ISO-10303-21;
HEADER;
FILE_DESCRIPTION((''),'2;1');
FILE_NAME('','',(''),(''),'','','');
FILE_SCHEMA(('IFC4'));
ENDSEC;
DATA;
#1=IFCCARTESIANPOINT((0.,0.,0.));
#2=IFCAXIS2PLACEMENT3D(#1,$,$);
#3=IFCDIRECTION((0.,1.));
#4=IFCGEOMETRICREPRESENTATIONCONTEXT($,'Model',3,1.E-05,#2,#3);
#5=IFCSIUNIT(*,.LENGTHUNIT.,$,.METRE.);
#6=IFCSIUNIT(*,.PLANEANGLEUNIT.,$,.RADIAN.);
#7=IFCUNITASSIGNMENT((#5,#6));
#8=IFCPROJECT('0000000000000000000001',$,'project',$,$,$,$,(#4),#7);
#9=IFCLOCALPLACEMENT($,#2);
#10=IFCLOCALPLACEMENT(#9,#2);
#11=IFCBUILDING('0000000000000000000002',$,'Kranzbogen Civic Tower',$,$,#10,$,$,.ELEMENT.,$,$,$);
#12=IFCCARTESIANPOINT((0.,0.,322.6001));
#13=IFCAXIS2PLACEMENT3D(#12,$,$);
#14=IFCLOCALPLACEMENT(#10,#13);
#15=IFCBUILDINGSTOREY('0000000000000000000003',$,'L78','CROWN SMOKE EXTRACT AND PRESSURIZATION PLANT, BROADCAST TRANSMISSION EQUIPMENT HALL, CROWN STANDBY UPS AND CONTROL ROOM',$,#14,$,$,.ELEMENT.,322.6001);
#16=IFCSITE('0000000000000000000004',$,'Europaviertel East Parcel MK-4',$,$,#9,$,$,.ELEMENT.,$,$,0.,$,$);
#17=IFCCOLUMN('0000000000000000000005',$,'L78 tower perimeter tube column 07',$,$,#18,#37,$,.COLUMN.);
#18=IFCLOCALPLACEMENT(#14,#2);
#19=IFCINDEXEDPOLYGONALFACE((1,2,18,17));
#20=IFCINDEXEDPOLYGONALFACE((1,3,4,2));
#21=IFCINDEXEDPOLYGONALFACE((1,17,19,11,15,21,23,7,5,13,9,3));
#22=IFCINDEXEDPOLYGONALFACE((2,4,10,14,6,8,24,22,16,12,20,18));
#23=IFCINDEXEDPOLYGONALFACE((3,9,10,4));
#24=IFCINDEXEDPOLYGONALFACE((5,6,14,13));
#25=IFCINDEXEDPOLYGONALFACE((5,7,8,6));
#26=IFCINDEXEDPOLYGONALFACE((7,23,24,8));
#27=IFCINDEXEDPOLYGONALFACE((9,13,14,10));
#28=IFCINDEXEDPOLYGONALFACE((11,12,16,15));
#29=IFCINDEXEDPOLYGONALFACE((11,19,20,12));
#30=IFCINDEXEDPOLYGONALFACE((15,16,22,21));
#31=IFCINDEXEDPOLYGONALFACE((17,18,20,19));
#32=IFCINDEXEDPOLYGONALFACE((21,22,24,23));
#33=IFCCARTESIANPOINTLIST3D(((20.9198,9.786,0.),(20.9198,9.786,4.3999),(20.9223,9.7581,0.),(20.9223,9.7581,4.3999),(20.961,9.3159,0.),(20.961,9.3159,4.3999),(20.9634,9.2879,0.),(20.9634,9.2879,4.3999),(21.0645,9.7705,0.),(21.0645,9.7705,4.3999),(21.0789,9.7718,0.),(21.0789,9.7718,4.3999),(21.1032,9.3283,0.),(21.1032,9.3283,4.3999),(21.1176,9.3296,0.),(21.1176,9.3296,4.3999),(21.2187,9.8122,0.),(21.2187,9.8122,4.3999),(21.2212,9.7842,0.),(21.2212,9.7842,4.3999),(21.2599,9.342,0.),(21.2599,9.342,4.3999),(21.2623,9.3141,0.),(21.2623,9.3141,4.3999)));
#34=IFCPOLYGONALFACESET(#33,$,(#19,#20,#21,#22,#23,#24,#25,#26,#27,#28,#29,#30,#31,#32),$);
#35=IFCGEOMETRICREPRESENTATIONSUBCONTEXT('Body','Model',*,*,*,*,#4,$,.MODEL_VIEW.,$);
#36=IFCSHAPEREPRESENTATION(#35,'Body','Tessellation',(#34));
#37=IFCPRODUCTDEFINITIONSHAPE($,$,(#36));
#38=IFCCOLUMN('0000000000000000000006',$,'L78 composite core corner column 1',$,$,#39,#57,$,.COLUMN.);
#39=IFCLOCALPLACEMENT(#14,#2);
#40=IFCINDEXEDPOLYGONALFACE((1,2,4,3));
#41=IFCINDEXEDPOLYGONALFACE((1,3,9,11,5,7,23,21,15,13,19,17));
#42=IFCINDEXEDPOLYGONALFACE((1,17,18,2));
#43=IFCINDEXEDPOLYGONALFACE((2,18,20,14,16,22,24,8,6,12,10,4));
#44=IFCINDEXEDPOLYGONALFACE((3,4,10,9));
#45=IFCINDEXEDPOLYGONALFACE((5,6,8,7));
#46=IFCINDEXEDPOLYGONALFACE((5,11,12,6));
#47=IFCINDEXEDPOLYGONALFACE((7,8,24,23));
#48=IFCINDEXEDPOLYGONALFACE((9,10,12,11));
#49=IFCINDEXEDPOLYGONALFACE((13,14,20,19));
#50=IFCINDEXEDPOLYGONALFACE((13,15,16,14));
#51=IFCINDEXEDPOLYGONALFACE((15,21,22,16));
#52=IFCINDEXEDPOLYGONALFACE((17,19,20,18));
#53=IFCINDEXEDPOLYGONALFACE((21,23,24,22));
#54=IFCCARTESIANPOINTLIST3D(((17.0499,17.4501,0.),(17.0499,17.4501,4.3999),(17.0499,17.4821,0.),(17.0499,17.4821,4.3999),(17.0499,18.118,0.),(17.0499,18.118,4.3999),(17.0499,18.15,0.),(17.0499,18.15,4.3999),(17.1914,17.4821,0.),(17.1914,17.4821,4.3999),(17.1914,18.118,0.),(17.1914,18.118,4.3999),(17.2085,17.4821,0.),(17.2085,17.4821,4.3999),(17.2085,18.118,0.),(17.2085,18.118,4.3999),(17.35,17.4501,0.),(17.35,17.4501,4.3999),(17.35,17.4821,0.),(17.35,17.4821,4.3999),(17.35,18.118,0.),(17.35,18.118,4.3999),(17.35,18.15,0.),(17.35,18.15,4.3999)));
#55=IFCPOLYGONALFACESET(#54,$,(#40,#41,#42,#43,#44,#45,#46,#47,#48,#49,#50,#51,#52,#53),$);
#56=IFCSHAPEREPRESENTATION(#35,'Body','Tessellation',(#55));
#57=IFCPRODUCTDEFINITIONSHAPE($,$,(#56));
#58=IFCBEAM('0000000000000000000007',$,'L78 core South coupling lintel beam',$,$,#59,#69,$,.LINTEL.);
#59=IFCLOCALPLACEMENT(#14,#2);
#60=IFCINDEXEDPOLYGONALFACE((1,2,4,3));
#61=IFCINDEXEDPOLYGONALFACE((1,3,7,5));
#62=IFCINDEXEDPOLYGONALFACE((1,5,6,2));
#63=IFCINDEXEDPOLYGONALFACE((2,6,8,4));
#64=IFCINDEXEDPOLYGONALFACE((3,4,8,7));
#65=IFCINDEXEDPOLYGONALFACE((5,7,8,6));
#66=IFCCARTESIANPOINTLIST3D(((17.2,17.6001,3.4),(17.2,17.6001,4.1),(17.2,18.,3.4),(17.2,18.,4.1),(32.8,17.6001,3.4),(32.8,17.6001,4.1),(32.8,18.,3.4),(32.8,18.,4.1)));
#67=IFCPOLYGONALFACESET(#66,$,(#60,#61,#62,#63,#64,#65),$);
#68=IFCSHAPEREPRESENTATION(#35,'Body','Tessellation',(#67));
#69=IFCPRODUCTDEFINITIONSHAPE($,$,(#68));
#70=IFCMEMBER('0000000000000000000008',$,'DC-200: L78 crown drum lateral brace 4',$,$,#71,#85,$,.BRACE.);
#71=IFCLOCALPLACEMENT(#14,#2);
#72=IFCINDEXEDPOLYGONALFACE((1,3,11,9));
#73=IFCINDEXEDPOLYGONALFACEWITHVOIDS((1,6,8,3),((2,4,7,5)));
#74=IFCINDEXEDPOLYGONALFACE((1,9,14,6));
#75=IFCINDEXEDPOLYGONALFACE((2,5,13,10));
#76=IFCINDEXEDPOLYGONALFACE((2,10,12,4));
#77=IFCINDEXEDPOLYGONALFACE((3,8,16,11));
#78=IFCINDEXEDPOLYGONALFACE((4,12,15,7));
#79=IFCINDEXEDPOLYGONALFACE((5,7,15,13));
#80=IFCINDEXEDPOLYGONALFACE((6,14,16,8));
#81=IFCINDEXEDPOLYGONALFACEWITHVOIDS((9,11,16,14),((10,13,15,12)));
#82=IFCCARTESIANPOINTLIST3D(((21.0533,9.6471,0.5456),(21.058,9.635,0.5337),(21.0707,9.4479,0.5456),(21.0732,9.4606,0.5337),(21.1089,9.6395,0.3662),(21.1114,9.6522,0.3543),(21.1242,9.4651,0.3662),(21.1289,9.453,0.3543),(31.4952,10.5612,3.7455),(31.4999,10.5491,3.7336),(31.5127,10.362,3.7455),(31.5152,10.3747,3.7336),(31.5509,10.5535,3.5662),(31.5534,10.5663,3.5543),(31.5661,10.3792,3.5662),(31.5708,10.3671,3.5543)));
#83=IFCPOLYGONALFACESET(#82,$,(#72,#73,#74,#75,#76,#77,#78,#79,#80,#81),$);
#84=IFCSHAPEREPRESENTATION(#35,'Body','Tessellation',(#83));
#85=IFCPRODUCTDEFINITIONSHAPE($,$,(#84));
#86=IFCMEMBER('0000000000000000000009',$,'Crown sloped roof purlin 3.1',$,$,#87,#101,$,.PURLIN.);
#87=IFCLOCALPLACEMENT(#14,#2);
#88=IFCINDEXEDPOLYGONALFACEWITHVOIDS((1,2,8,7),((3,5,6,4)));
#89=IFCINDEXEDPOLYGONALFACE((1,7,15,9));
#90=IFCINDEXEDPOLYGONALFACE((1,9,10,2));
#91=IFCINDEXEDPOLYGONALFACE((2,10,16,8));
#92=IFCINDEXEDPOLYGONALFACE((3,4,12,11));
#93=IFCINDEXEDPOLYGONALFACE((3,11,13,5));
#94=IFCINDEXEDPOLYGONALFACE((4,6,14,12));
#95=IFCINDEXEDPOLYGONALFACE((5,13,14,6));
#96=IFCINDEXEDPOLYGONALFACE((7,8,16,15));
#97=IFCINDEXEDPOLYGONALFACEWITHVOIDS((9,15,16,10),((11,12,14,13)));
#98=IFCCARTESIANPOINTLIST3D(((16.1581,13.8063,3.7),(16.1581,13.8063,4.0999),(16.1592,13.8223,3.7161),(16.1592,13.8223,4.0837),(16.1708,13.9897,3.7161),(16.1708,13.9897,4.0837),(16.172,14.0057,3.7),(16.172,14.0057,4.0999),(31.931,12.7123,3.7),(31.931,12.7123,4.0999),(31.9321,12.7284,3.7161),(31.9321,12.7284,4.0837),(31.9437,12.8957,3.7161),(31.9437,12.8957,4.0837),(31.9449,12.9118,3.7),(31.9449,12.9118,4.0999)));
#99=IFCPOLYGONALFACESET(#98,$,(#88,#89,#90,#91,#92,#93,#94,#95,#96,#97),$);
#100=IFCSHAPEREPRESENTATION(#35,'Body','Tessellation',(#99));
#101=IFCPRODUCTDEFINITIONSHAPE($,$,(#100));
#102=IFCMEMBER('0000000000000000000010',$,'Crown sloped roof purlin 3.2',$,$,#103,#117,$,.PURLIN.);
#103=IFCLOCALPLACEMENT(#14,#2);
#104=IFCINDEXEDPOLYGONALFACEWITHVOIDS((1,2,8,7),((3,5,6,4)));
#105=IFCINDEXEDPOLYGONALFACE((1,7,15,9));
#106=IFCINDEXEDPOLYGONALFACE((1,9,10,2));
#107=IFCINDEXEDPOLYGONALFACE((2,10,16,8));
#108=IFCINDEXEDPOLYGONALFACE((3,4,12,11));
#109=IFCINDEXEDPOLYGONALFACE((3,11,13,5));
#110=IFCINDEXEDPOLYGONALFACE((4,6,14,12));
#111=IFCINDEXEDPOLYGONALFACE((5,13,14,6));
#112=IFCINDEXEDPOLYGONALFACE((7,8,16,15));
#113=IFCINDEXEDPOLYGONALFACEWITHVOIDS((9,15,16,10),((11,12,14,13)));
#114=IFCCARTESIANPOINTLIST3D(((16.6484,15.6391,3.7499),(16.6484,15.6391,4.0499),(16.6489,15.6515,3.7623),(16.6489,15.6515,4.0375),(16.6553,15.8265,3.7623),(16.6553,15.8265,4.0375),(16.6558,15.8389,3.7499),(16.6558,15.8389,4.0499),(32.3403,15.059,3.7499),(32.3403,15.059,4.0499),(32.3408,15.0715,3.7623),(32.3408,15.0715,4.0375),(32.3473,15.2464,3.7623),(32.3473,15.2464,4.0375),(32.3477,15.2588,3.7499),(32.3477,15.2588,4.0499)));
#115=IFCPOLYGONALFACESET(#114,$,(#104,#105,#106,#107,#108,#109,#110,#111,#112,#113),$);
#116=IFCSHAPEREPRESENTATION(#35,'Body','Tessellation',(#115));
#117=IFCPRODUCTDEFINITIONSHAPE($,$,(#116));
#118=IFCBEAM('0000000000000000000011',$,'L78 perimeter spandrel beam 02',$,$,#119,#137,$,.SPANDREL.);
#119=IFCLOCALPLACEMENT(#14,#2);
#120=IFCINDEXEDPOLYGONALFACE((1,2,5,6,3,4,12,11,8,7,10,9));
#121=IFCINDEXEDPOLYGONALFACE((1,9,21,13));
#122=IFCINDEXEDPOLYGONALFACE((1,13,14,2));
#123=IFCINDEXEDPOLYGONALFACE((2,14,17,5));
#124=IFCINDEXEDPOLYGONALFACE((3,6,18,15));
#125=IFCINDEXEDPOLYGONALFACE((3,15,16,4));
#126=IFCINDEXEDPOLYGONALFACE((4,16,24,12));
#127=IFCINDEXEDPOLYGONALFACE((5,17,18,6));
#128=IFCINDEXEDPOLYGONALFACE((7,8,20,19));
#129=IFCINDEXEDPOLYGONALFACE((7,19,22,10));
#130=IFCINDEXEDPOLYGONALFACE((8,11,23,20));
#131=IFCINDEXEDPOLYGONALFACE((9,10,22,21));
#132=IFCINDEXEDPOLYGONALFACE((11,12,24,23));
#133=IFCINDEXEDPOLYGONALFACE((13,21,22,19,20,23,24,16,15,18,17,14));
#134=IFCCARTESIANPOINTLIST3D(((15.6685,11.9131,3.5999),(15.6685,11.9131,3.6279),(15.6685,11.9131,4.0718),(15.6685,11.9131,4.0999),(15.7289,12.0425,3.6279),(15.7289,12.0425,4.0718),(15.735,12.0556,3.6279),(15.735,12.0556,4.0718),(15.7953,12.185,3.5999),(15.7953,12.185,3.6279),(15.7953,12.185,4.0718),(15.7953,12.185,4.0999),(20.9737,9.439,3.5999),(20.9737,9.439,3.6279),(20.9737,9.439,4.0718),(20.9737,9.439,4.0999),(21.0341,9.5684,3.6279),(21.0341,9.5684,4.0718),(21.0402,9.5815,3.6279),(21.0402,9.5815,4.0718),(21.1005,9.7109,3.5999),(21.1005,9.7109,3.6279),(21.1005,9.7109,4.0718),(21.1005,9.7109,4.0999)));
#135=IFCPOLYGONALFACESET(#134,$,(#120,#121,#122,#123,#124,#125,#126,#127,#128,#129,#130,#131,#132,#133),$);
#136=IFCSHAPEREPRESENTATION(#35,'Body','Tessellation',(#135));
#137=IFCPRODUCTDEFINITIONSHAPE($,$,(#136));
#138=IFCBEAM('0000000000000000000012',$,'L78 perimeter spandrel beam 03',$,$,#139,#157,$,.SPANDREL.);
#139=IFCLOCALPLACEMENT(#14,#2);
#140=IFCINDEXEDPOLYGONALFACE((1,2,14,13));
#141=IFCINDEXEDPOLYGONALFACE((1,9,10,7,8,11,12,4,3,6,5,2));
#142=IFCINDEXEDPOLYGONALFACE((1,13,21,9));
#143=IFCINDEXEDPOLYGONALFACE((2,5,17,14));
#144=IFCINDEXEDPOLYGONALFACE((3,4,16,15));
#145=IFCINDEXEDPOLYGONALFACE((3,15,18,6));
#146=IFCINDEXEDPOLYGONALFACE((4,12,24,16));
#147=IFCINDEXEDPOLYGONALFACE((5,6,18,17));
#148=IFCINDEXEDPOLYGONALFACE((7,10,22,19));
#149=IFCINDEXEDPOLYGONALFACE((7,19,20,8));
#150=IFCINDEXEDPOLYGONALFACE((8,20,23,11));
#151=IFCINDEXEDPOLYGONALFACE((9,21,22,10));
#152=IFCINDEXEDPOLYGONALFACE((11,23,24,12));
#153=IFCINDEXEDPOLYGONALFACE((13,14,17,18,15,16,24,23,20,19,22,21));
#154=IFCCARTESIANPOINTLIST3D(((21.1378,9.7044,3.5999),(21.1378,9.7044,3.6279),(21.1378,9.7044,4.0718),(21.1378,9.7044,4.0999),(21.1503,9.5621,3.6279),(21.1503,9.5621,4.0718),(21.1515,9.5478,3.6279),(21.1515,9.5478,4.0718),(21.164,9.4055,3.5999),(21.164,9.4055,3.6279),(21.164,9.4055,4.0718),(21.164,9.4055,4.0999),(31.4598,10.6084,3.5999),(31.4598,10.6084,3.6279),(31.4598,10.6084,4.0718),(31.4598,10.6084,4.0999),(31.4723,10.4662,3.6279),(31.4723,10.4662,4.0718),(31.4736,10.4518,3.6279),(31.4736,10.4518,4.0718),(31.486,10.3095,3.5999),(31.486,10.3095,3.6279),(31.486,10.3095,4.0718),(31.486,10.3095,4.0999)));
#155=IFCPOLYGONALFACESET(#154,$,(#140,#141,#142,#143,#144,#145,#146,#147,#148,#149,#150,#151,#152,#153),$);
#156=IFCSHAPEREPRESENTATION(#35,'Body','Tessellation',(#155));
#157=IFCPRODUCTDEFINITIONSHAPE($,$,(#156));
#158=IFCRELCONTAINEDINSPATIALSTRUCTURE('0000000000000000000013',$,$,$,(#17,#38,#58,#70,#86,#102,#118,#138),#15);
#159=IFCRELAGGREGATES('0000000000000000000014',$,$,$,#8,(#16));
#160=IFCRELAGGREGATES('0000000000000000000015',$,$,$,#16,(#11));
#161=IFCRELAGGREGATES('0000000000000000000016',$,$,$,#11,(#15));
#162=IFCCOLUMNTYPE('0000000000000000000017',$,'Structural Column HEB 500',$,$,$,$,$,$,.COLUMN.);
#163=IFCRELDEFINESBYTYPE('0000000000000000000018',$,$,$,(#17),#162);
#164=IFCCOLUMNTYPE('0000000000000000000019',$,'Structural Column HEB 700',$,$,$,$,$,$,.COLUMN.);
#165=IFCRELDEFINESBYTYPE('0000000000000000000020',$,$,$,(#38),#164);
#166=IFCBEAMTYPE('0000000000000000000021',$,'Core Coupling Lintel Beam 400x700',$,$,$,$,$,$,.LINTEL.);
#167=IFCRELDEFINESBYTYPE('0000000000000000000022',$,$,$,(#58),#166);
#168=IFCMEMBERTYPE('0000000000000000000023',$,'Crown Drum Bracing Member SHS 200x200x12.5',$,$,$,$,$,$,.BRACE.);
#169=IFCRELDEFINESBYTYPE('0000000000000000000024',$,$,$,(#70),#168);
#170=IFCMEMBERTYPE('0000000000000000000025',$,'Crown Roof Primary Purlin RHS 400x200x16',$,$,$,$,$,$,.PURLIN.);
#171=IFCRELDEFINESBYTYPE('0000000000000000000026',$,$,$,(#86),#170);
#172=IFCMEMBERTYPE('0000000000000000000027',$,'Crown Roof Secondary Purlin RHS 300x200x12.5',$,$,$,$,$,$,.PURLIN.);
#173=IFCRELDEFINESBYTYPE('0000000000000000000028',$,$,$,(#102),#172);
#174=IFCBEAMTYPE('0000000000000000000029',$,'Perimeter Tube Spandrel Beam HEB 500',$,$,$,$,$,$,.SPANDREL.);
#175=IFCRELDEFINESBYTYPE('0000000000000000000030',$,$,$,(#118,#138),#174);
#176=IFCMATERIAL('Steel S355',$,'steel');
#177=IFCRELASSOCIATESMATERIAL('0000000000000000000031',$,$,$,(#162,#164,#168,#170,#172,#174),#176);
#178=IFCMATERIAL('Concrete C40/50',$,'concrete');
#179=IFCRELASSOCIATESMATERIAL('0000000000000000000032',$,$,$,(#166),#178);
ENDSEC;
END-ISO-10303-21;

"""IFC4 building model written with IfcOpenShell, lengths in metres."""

from ifc_helpers import new_model, si_unit, direction, frame, origin, origin_2d, place, context, subcontext, project, spatial, rectangle, hollow_rectangle, i_section, extrude, material, material_profile, profile_set, type_object, element, save


model = new_model("IFC4")

# Units and contexts
model_context = context("Model", 3, precision=1e-05, world=origin(), true_north=direction((0.0, 1.0)))
body_context = subcontext(model_context, "Body", "Model", "MODEL_VIEW")
ifc_project = project(units=[si_unit("LENGTHUNIT", "METRE"), si_unit("PLANEANGLEUNIT", "RADIAN")], contexts=[model_context])

# Site, building, storey
site_placement = place(None, origin())
site = spatial("IfcSite", under=ifc_project, at=site_placement, Name="Europaviertel East Parcel MK-4", CompositionType="ELEMENT", RefElevation=0.0)
building_placement = place(site_placement, origin())
building = spatial("IfcBuilding", under=site, at=building_placement, Name="Kranzbogen Civic Tower", CompositionType="ELEMENT")
storey_placement = place(building_placement, frame((0.0, 0.0, 322.6001)))
storey = spatial("IfcBuildingStorey", under=building, at=storey_placement, Name="L78", Description="CROWN SMOKE EXTRACT AND PRESSURIZATION PLANT, BROADCAST TRANSMISSION EQUIPMENT HALL, CROWN STANDBY UPS AND CONTROL ROOM", CompositionType="ELEMENT", Elevation=322.6001)

# Columns
ifc_material_1 = material(Name="Steel S355", Category="steel")
ifc_material_profile_1 = material_profile(ifc_material_1, i_section(OverallWidth=0.3, OverallDepth=0.5, WebThickness=0.0144, FlangeThickness=0.0281, at=origin_2d()), Name="HEB 500")
ifc_profile_set_1 = profile_set([ifc_material_profile_1], Name="Steel S355")
column_type_1 = type_object("IfcColumnType", Name="Structural Column HEB 500", PredefinedType="COLUMN", material=ifc_profile_set_1)
column_1_placement = place(storey_placement, frame((21.0911, 9.55, 0.0), z_axis=(0.0, 0.0, 1.0), x_axis=(0.996195, 0.087156, 0.0)))
element("IfcColumn", 1, at=column_1_placement, inside=storey, type_object=column_type_1, Name="L78 tower perimeter tube column 07", PredefinedType="COLUMN", context=body_context, shape_type="SweptSolid", body=[
    extrude(i_section(OverallWidth=0.3, OverallDepth=0.5, WebThickness=0.0144, FlangeThickness=0.0281, at=origin_2d()), origin(), (0.0, 0.0, 1.0), 4.3999),
])
ifc_material_profile_2 = material_profile(ifc_material_1, i_section(OverallWidth=0.3, OverallDepth=0.7, WebThickness=0.0171, FlangeThickness=0.032, at=origin_2d()), Name="HEB 700")
ifc_profile_set_2 = profile_set([ifc_material_profile_2], Name="Steel S355")
column_type_2 = type_object("IfcColumnType", Name="Structural Column HEB 700", PredefinedType="COLUMN", material=ifc_profile_set_2)
column_2_placement = place(storey_placement, frame((17.2, 17.8, 0.0), z_axis=(0.0, 0.0, 1.0), x_axis=(1.0, 0.0, 0.0)))
element("IfcColumn", 2, at=column_2_placement, inside=storey, type_object=column_type_2, Name="L78 composite core corner column 1", PredefinedType="COLUMN", context=body_context, shape_type="SweptSolid", body=[
    extrude(i_section(OverallWidth=0.3, OverallDepth=0.7, WebThickness=0.0171, FlangeThickness=0.032, at=origin_2d()), origin(), (0.0, 0.0, 1.0), 4.3999),
])

# Beam
ifc_material_2 = material(Name="Concrete C40/50", Category="concrete")
ifc_material_profile_3 = material_profile(ifc_material_2, rectangle(XDim=0.3999, YDim=0.7, at=origin_2d()), Name="RC-BM 400x700")
ifc_profile_set_3 = profile_set([ifc_material_profile_3], Name="Concrete C40/50")
beam_type_1 = type_object("IfcBeamType", Name="Core Coupling Lintel Beam 400x700", PredefinedType="LINTEL", material=ifc_profile_set_3)
beam_1_placement = place(storey_placement, frame((17.2, 17.8, 3.75), z_axis=(1.0, 0.0, 0.0), x_axis=(0.0, 1.0, 0.0)))
element("IfcBeam", 3, at=beam_1_placement, inside=storey, type_object=beam_type_1, Name="L78 core South coupling lintel beam", PredefinedType="LINTEL", context=body_context, shape_type="SweptSolid", body=[
    extrude(rectangle(XDim=0.3999, YDim=0.7, at=origin_2d()), origin(), (0.0, 0.0, 1.0), 15.6001),
])

# Members
ifc_material_profile_4 = material_profile(ifc_material_1, hollow_rectangle(XDim=0.2, YDim=0.2, WallThickness=0.0125, at=origin_2d()), Name="SHS 200x200x12.5")
ifc_profile_set_4 = profile_set([ifc_material_profile_4], Name="Steel S355")
member_type_1 = type_object("IfcMemberType", Name="Crown Drum Bracing Member SHS 200x200x12.5", PredefinedType="BRACE", material=ifc_profile_set_4)
member_1_placement = place(storey_placement, frame((21.0911, 9.55, 0.45), z_axis=(0.95278, 0.083404, 0.291982), x_axis=(-0.087205, 0.99619, 0.0)))
element("IfcMember", 4, at=member_1_placement, inside=storey, type_object=member_type_1, Name="DC-200: L78 crown drum lateral brace 4", PredefinedType="BRACE", context=body_context, shape_type="SweptSolid", body=[
    extrude(hollow_rectangle(XDim=0.2, YDim=0.2, WallThickness=0.0125, at=origin_2d()), origin(), (0.0, 0.0, 1.0), 10.9595),
])
ifc_material_profile_5 = material_profile(ifc_material_1, hollow_rectangle(XDim=0.2, YDim=0.3999, WallThickness=0.0161, at=origin_2d()), Name="RHS 400x200x16")
ifc_profile_set_5 = profile_set([ifc_material_profile_5], Name="Steel S355")
member_type_2 = type_object("IfcMemberType", Name="Crown Roof Primary Purlin RHS 400x200x16", PredefinedType="PURLIN", material=ifc_profile_set_5)
member_2_placement = place(storey_placement, frame((16.165, 13.906, 3.8999), z_axis=(0.997603, -0.069193, 0.0), x_axis=(0.069193, 0.997603, 0.0)))
element("IfcMember", 5, at=member_2_placement, inside=storey, type_object=member_type_2, Name="Crown sloped roof purlin 3.1", PredefinedType="PURLIN", context=body_context, shape_type="SweptSolid", body=[
    extrude(hollow_rectangle(XDim=0.2, YDim=0.3999, WallThickness=0.0161, at=origin_2d()), origin(), (0.0, 0.0, 1.0), 15.8108),
])
ifc_material_profile_6 = material_profile(ifc_material_1, hollow_rectangle(XDim=0.2, YDim=0.3, WallThickness=0.0125, at=origin_2d()), Name="RHS 300x200x12.5")
ifc_profile_set_6 = profile_set([ifc_material_profile_6], Name="Steel S355")
member_type_3 = type_object("IfcMemberType", Name="Crown Roof Secondary Purlin RHS 300x200x12.5", PredefinedType="PURLIN", material=ifc_profile_set_6)
member_3_placement = place(storey_placement, frame((16.6521, 15.739, 3.8999), z_axis=(0.999317, -0.036942, 0.0), x_axis=(0.036942, 0.999317, 0.0)))
element("IfcMember", 6, at=member_3_placement, inside=storey, type_object=member_type_3, Name="Crown sloped roof purlin 3.2", PredefinedType="PURLIN", context=body_context, shape_type="SweptSolid", body=[
    extrude(hollow_rectangle(XDim=0.2, YDim=0.3, WallThickness=0.0125, at=origin_2d()), origin(), (0.0, 0.0, 1.0), 15.7026),
])

# Beams
ifc_material_profile_7 = material_profile(ifc_material_1, i_section(OverallWidth=0.3, OverallDepth=0.5, WebThickness=0.0144, FlangeThickness=0.0281, at=origin_2d()), Name="HEB 500")
ifc_profile_set_7 = profile_set([ifc_material_profile_7], Name="Steel S355")
beam_type_2 = type_object("IfcBeamType", Name="Perimeter Tube Spandrel Beam HEB 500", PredefinedType="SPANDREL", material=ifc_profile_set_7)
beam_2_placement = place(storey_placement, frame((15.7319, 12.0491, 3.8499), z_axis=(0.90629, -0.422657, 0.0), x_axis=(0.422657, 0.90629, 0.0)))
element("IfcBeam", 7, at=beam_2_placement, inside=storey, type_object=beam_type_2, Name="L78 perimeter spandrel beam 02", PredefinedType="SPANDREL", context=body_context, shape_type="SweptSolid", body=[
    extrude(i_section(OverallWidth=0.3, OverallDepth=0.5, WebThickness=0.0144, FlangeThickness=0.0281, at=origin_2d()), origin(), (0.0, 0.0, 1.0), 5.8538),
])
beam_3_placement = place(storey_placement, frame((21.1509, 9.5549, 3.8499), z_axis=(0.996186, 0.087251, 0.0), x_axis=(-0.087251, 0.996186, 0.0)))
element("IfcBeam", 8, at=beam_3_placement, inside=storey, type_object=beam_type_2, Name="L78 perimeter spandrel beam 03", PredefinedType="SPANDREL", context=body_context, shape_type="SweptSolid", body=[
    extrude(i_section(OverallWidth=0.3, OverallDepth=0.5, WebThickness=0.0144, FlangeThickness=0.0281, at=origin_2d()), origin(), (0.0, 0.0, 1.0), 10.3616),
])

save(model, "model.ifc")
